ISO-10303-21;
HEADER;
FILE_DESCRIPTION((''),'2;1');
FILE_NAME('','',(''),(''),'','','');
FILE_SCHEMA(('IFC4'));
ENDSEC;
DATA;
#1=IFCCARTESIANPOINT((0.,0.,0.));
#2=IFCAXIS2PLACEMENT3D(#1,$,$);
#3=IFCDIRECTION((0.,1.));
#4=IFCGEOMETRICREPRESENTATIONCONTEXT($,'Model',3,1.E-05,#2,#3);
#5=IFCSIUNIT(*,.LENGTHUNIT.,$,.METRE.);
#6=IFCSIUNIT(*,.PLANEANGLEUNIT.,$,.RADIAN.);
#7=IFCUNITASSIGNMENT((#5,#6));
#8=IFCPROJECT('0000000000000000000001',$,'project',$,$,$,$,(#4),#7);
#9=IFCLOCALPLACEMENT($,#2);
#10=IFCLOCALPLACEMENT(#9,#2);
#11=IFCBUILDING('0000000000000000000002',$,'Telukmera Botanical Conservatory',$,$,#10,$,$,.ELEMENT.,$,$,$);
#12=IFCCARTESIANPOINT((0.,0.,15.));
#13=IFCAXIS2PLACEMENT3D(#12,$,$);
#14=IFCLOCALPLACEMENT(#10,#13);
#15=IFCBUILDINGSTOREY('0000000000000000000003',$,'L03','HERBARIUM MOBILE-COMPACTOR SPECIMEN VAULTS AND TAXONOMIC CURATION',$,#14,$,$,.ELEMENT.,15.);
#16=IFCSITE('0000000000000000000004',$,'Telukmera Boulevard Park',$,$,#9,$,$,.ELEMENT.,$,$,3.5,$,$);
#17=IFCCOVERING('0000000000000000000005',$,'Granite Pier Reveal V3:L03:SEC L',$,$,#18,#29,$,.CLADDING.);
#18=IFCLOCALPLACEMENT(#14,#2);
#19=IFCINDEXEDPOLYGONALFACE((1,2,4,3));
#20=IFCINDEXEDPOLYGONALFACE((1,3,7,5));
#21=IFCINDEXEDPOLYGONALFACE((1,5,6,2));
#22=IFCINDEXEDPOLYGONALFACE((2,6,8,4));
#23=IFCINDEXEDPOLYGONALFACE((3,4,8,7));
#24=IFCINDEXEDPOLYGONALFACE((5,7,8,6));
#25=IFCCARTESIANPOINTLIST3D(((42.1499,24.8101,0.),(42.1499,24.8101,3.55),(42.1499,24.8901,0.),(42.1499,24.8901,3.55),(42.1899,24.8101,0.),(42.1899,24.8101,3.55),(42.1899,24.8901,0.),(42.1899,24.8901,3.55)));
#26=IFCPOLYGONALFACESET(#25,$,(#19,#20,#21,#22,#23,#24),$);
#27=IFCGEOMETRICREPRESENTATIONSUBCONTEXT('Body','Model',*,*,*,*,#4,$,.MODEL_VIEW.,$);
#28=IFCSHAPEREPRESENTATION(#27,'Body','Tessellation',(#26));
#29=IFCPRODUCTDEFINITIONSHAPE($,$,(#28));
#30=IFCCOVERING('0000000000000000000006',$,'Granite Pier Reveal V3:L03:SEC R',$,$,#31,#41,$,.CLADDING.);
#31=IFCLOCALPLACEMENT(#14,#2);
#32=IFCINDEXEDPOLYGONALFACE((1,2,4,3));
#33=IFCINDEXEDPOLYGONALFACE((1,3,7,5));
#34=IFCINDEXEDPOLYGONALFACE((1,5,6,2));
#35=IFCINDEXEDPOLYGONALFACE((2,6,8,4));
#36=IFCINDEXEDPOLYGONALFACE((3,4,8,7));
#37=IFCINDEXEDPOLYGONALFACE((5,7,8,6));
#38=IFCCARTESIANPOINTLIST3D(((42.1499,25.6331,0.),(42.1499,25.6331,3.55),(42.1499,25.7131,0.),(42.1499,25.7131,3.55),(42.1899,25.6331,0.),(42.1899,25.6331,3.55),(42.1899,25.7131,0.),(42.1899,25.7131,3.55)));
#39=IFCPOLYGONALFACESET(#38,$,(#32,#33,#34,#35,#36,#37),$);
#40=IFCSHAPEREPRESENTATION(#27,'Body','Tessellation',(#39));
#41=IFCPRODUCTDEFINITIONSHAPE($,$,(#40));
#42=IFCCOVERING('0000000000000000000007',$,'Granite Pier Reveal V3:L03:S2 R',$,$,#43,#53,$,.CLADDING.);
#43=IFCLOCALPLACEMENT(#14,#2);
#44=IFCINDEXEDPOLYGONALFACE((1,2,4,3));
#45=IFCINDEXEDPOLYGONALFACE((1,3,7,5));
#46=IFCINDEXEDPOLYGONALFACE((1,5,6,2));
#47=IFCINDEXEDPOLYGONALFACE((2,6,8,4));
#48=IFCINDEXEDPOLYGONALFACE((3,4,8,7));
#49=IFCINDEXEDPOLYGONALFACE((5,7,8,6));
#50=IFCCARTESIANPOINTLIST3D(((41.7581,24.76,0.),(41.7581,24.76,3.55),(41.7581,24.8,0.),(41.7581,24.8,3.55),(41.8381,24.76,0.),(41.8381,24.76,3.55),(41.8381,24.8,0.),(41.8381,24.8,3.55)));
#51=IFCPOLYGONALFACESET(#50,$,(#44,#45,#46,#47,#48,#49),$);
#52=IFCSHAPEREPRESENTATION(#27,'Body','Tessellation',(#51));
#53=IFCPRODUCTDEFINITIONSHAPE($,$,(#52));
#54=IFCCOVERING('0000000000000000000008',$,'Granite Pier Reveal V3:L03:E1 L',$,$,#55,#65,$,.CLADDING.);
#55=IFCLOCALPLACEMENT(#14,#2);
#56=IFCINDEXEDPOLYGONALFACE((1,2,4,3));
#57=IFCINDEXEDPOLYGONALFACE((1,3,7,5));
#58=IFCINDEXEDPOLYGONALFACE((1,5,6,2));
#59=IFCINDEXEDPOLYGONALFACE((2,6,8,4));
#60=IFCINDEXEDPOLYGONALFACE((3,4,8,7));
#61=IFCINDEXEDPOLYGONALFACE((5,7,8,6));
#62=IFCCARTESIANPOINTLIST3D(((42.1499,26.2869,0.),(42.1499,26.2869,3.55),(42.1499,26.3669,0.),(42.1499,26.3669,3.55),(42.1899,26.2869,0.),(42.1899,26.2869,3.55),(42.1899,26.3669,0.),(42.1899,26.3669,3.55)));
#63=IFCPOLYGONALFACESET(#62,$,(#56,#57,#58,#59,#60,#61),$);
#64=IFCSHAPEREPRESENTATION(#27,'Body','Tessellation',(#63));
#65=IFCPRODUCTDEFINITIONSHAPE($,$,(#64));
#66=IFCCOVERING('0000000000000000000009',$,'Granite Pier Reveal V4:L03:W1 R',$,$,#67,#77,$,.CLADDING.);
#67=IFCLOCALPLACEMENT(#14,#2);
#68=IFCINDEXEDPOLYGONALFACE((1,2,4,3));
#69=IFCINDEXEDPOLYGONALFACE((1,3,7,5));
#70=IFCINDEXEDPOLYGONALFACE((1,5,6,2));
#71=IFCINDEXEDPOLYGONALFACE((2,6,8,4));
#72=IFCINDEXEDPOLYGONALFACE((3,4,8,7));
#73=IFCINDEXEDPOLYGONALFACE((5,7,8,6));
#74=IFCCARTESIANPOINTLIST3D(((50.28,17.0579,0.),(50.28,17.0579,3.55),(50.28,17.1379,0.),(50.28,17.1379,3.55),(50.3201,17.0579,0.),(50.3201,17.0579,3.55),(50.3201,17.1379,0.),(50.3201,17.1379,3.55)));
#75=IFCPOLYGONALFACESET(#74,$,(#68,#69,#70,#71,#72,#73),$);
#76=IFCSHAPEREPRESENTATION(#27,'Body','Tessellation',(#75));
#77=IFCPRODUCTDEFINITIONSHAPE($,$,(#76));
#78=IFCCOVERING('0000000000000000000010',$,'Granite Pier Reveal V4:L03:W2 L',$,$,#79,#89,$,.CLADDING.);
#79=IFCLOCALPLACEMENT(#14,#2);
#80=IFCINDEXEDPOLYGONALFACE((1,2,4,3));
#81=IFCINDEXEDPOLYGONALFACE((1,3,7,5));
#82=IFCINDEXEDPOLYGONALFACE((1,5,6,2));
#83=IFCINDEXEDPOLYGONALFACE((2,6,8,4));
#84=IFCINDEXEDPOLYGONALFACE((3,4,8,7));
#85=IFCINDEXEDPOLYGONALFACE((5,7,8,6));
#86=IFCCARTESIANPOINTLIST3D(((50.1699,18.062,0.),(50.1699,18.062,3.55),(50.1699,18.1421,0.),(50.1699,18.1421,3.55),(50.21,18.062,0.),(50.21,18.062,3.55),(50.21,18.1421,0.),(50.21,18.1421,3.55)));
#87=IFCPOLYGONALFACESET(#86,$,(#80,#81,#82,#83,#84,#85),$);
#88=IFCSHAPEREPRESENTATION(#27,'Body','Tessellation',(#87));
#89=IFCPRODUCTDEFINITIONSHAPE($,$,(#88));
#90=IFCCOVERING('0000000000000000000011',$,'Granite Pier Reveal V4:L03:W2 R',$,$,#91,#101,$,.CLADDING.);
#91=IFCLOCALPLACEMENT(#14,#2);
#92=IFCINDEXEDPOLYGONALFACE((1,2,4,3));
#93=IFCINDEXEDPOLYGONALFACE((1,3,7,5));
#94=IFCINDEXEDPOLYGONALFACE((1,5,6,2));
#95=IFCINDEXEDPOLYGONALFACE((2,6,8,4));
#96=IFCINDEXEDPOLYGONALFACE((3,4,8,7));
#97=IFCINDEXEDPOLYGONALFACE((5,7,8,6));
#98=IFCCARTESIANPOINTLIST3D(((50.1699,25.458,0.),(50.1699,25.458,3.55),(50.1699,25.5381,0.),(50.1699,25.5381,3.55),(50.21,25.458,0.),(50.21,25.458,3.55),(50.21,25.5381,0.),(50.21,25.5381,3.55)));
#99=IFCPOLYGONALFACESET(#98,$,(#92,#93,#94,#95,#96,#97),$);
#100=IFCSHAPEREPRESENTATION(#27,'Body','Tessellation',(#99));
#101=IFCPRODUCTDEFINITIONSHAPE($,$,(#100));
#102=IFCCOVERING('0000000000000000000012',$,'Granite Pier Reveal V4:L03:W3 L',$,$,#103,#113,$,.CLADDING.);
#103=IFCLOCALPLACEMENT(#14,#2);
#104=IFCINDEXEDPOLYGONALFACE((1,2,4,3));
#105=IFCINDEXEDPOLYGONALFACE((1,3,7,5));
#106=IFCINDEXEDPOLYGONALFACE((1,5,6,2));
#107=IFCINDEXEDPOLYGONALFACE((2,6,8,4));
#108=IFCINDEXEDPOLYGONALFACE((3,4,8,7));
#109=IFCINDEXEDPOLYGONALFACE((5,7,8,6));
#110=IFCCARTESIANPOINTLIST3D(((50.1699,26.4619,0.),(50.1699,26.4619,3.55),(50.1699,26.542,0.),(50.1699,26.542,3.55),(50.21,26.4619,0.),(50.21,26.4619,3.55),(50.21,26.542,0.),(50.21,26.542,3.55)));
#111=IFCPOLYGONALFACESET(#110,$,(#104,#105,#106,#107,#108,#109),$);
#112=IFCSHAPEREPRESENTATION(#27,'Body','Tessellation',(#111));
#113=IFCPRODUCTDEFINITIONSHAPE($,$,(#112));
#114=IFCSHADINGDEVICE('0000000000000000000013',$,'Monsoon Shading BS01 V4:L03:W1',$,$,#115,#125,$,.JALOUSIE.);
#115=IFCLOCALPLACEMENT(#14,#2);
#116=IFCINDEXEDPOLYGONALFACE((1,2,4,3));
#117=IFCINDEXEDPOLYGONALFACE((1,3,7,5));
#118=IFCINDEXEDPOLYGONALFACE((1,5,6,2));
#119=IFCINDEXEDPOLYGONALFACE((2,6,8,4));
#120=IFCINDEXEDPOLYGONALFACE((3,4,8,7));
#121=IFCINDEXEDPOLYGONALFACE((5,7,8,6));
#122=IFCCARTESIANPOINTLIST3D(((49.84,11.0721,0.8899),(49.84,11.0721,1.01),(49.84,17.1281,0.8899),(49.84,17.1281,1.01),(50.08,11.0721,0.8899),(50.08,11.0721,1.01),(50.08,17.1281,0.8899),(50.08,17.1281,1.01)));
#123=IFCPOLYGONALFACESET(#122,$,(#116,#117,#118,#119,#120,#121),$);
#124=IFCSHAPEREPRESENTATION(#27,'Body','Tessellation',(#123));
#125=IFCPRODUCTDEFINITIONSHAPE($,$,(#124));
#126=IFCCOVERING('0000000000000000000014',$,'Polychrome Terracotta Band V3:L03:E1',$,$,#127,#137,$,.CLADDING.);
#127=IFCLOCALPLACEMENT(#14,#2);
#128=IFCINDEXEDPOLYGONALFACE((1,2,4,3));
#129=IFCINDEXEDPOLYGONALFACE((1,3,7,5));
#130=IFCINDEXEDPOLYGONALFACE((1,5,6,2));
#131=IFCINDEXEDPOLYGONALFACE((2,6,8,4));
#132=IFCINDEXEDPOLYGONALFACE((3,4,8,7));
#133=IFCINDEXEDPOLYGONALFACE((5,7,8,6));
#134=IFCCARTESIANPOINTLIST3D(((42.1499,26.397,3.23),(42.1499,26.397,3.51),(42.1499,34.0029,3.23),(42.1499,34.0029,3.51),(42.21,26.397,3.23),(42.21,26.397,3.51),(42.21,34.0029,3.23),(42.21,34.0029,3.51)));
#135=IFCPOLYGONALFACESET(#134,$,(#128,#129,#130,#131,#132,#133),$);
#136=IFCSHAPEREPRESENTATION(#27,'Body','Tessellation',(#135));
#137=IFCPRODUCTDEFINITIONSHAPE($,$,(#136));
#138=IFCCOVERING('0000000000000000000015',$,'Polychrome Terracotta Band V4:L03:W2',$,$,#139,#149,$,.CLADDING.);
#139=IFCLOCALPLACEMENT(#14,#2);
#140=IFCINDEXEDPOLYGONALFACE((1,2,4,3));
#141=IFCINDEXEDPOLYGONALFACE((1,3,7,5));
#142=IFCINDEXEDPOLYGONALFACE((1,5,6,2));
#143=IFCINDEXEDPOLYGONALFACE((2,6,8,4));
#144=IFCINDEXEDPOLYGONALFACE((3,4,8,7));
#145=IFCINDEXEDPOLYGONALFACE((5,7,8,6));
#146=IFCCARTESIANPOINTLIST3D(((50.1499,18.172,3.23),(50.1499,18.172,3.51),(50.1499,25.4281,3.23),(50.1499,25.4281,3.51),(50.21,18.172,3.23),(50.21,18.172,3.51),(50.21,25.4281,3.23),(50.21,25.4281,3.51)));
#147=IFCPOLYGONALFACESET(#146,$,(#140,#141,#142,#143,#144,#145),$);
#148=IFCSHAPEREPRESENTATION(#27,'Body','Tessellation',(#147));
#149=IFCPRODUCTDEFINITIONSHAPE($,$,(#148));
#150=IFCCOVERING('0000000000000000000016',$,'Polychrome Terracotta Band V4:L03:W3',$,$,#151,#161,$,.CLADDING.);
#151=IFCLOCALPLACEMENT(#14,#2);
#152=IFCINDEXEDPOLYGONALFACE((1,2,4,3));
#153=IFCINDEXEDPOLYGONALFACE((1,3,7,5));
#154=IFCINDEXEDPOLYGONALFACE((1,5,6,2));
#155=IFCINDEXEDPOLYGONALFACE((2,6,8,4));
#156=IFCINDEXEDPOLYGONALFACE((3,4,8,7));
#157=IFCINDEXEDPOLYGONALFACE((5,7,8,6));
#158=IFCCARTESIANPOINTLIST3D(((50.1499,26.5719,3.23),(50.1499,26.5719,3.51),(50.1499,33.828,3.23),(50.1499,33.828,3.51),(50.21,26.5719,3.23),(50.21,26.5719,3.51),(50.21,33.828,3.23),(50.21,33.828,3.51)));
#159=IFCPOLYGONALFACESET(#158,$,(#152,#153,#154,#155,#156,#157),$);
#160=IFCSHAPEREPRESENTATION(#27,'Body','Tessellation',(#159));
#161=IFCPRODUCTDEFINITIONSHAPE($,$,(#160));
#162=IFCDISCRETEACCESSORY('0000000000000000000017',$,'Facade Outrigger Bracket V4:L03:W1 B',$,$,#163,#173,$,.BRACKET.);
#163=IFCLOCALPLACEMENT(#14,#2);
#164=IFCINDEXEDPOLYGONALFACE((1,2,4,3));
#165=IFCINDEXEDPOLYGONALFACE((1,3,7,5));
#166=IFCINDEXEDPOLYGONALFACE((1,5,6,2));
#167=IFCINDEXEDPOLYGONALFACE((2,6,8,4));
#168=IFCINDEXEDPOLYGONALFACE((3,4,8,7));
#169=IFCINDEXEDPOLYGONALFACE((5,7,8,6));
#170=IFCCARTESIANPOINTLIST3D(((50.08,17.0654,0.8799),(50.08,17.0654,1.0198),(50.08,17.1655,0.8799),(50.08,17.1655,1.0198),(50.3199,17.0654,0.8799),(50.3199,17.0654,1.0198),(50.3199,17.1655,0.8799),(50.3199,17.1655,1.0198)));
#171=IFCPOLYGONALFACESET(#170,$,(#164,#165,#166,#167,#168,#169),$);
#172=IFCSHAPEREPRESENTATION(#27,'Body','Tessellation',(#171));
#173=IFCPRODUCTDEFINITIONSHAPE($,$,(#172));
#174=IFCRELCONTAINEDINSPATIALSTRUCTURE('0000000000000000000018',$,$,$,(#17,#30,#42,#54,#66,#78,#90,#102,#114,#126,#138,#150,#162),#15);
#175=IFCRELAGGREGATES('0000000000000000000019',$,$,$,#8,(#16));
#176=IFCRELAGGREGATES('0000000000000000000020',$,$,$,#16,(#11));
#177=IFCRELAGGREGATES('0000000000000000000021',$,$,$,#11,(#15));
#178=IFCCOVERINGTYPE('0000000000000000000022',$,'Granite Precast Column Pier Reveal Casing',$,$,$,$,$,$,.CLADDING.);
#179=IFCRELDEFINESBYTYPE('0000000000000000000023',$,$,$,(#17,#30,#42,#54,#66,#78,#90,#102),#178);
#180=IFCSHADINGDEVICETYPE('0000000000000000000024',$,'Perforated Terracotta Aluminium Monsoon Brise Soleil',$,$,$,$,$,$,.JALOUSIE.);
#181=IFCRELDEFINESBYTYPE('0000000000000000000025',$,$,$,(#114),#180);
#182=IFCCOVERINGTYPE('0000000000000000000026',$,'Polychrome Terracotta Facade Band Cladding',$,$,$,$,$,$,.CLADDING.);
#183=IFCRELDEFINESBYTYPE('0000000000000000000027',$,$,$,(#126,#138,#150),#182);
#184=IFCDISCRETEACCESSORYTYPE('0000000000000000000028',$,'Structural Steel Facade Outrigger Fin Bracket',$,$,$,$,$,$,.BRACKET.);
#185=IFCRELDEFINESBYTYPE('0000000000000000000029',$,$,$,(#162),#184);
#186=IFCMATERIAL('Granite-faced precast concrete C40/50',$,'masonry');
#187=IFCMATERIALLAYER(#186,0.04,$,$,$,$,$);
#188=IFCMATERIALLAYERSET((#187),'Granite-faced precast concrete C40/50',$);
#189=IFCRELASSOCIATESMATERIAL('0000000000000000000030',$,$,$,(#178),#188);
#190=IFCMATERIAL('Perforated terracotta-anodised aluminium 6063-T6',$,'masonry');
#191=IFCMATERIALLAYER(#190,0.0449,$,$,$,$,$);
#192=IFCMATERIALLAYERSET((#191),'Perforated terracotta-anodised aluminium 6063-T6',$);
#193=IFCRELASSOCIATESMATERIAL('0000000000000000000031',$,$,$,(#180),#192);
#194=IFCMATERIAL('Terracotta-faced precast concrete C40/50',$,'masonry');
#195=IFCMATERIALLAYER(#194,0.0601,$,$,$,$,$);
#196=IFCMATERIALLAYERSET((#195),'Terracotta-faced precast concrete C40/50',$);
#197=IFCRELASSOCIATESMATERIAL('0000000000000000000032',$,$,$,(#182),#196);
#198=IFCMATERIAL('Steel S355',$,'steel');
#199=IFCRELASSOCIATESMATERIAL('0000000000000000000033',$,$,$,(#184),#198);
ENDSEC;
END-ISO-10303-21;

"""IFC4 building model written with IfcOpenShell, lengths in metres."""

from ifc_helpers import new_model, si_unit, direction, frame, origin, origin_2d, place, context, subcontext, project, spatial, rectangle, extrude, material, layer, layer_set, type_object, element, save


model = new_model("IFC4")

# Units and contexts
model_context = context("Model", 3, precision=1e-05, world=origin(), true_north=direction((0.0, 1.0)))
body_context = subcontext(model_context, "Body", "Model", "MODEL_VIEW")
ifc_project = project(units=[si_unit("LENGTHUNIT", "METRE"), si_unit("PLANEANGLEUNIT", "RADIAN")], contexts=[model_context])

# Site, building, storey
site_placement = place(None, origin())
site = spatial("IfcSite", under=ifc_project, at=site_placement, Name="Telukmera Boulevard Park", CompositionType="ELEMENT", RefElevation=3.5)
building_placement = place(site_placement, origin())
building = spatial("IfcBuilding", under=site, at=building_placement, Name="Telukmera Botanical Conservatory", CompositionType="ELEMENT")
storey_placement = place(building_placement, frame((0.0, 0.0, 15.0)))
storey = spatial("IfcBuildingStorey", under=building, at=storey_placement, Name="L03", Description="HERBARIUM MOBILE-COMPACTOR SPECIMEN VAULTS AND TAXONOMIC CURATION", CompositionType="ELEMENT", Elevation=15.0)

# Shared definitions
ifc_material_1 = material(Name="Terracotta-faced precast concrete C40/50", Category="masonry")

# Coverings
ifc_material_2 = material(Name="Granite-faced precast concrete C40/50", Category="masonry")
ifc_layer_1 = layer(ifc_material_2, 0.04)
ifc_layer_set_1 = layer_set([ifc_layer_1], Name="Granite-faced precast concrete C40/50")
covering_type_1 = type_object("IfcCoveringType", Name="Granite Precast Column Pier Reveal Casing", PredefinedType="CLADDING", material=ifc_layer_set_1)
for number, where, z_axis, x_axis, name in (
    (1, (42.1699, 24.8501, 0.0), (0.0, 0.0, 1.0), (0.0, 1.0, 0.0), "Granite Pier Reveal V3:L03:SEC L"),
    (2, (42.1699, 25.6731, 0.0), (0.0, 0.0, 1.0), (0.0, 1.0, 0.0), "Granite Pier Reveal V3:L03:SEC R"),
    (3, (41.7981, 24.78, 0.0), (0.0, 0.0, 1.0), (1.0, 0.0, 0.0), "Granite Pier Reveal V3:L03:S2 R"),
    (4, (42.1699, 26.3269, 0.0), (0.0, 0.0, 1.0), (0.0, 1.0, 0.0), "Granite Pier Reveal V3:L03:E1 L"),
    (5, (50.3, 17.0979, 0.0), (0.0, 0.0, 1.0), (0.0, 1.0, 0.0), "Granite Pier Reveal V4:L03:W1 R"),
    (6, (50.1899, 18.1021, 0.0), (0.0, 0.0, 1.0), (0.0, 1.0, 0.0), "Granite Pier Reveal V4:L03:W2 L"),
    (7, (50.1899, 25.498, 0.0), (0.0, 0.0, 1.0), (0.0, 1.0, 0.0), "Granite Pier Reveal V4:L03:W2 R"),
    (8, (50.1899, 26.502, 0.0), (0.0, 0.0, 1.0), (0.0, 1.0, 0.0), "Granite Pier Reveal V4:L03:W3 L"),
):
    element("IfcCovering", number, at=place(storey_placement, frame(where, z_axis=z_axis, x_axis=x_axis)), inside=storey, type_object=covering_type_1, Name=name, PredefinedType="CLADDING", context=body_context, shape_type="SweptSolid", body=[
        extrude(rectangle(XDim=0.0801, YDim=0.04, at=origin_2d()), origin(), (0.0, 0.0, 1.0), 3.55),
    ])

# Shading device
ifc_material_3 = material(Name="Perforated terracotta-anodised aluminium 6063-T6", Category="masonry")
ifc_layer_2 = layer(ifc_material_3, 0.0449)
ifc_layer_set_2 = layer_set([ifc_layer_2], Name="Perforated terracotta-anodised aluminium 6063-T6")
shading_device_type = type_object("IfcShadingDeviceType", Name="Perforated Terracotta Aluminium Monsoon Brise Soleil", PredefinedType="JALOUSIE", material=ifc_layer_set_2)
shading_device_placement = place(storey_placement, frame((49.96, 14.1001, 0.8899), z_axis=(0.0, 0.0, 1.0), x_axis=(0.0, 1.0, 0.0)))
element("IfcShadingDevice", 9, at=shading_device_placement, inside=storey, type_object=shading_device_type, Name="Monsoon Shading BS01 V4:L03:W1", PredefinedType="JALOUSIE", context=body_context, shape_type="SweptSolid", body=[
    extrude(rectangle(XDim=6.0559, YDim=0.24, at=origin_2d()), origin(), (0.0, 0.0, 1.0), 0.1201),
])

# Coverings
ifc_layer_3 = layer(ifc_material_1, 0.0601)
ifc_layer_set_3 = layer_set([ifc_layer_3], Name="Terracotta-faced precast concrete C40/50")
covering_type_2 = type_object("IfcCoveringType", Name="Polychrome Terracotta Facade Band Cladding", PredefinedType="CLADDING", material=ifc_layer_set_3)
covering_placement = place(storey_placement, frame((42.1799, 30.2, 3.23), z_axis=(0.0, 0.0, 1.0), x_axis=(0.0, 1.0, 0.0)))
element("IfcCovering", 10, at=covering_placement, inside=storey, type_object=covering_type_2, Name="Polychrome Terracotta Band V3:L03:E1", PredefinedType="CLADDING", context=body_context, shape_type="SweptSolid", body=[
    extrude(rectangle(XDim=7.606, YDim=0.0601, at=origin_2d()), origin(), (0.0, 0.0, 1.0), 0.28),
])
for number, where, z_axis, x_axis, name in (
    (11, (50.1799, 21.8, 3.23), (0.0, 0.0, 1.0), (0.0, 1.0, 0.0), "Polychrome Terracotta Band V4:L03:W2"),
    (12, (50.1799, 30.2, 3.23), (0.0, 0.0, 1.0), (0.0, 1.0, 0.0), "Polychrome Terracotta Band V4:L03:W3"),
):
    element("IfcCovering", number, at=place(storey_placement, frame(where, z_axis=z_axis, x_axis=x_axis)), inside=storey, type_object=covering_type_2, Name=name, PredefinedType="CLADDING", context=body_context, shape_type="SweptSolid", body=[
        extrude(rectangle(XDim=7.2561, YDim=0.0601, at=origin_2d()), origin(), (0.0, 0.0, 1.0), 0.28),
    ])

# Discrete accessory
ifc_material_4 = material(Name="Steel S355", Category="steel")
discrete_accessory_type = type_object("IfcDiscreteAccessoryType", Name="Structural Steel Facade Outrigger Fin Bracket", PredefinedType="BRACKET", material=ifc_material_4)
discrete_accessory_placement = place(storey_placement, frame((50.2, 17.1155, 0.8799), z_axis=(0.0, 0.0, 1.0), x_axis=(0.0, 1.0, 0.0)))
element("IfcDiscreteAccessory", 13, at=discrete_accessory_placement, inside=storey, type_object=discrete_accessory_type, Name="Facade Outrigger Bracket V4:L03:W1 B", PredefinedType="BRACKET", context=body_context, shape_type="SweptSolid", body=[
    extrude(rectangle(XDim=0.1001, YDim=0.24, at=origin_2d()), origin(), (0.0, 0.0, 1.0), 0.1399),
])

save(model, "model.ifc")
